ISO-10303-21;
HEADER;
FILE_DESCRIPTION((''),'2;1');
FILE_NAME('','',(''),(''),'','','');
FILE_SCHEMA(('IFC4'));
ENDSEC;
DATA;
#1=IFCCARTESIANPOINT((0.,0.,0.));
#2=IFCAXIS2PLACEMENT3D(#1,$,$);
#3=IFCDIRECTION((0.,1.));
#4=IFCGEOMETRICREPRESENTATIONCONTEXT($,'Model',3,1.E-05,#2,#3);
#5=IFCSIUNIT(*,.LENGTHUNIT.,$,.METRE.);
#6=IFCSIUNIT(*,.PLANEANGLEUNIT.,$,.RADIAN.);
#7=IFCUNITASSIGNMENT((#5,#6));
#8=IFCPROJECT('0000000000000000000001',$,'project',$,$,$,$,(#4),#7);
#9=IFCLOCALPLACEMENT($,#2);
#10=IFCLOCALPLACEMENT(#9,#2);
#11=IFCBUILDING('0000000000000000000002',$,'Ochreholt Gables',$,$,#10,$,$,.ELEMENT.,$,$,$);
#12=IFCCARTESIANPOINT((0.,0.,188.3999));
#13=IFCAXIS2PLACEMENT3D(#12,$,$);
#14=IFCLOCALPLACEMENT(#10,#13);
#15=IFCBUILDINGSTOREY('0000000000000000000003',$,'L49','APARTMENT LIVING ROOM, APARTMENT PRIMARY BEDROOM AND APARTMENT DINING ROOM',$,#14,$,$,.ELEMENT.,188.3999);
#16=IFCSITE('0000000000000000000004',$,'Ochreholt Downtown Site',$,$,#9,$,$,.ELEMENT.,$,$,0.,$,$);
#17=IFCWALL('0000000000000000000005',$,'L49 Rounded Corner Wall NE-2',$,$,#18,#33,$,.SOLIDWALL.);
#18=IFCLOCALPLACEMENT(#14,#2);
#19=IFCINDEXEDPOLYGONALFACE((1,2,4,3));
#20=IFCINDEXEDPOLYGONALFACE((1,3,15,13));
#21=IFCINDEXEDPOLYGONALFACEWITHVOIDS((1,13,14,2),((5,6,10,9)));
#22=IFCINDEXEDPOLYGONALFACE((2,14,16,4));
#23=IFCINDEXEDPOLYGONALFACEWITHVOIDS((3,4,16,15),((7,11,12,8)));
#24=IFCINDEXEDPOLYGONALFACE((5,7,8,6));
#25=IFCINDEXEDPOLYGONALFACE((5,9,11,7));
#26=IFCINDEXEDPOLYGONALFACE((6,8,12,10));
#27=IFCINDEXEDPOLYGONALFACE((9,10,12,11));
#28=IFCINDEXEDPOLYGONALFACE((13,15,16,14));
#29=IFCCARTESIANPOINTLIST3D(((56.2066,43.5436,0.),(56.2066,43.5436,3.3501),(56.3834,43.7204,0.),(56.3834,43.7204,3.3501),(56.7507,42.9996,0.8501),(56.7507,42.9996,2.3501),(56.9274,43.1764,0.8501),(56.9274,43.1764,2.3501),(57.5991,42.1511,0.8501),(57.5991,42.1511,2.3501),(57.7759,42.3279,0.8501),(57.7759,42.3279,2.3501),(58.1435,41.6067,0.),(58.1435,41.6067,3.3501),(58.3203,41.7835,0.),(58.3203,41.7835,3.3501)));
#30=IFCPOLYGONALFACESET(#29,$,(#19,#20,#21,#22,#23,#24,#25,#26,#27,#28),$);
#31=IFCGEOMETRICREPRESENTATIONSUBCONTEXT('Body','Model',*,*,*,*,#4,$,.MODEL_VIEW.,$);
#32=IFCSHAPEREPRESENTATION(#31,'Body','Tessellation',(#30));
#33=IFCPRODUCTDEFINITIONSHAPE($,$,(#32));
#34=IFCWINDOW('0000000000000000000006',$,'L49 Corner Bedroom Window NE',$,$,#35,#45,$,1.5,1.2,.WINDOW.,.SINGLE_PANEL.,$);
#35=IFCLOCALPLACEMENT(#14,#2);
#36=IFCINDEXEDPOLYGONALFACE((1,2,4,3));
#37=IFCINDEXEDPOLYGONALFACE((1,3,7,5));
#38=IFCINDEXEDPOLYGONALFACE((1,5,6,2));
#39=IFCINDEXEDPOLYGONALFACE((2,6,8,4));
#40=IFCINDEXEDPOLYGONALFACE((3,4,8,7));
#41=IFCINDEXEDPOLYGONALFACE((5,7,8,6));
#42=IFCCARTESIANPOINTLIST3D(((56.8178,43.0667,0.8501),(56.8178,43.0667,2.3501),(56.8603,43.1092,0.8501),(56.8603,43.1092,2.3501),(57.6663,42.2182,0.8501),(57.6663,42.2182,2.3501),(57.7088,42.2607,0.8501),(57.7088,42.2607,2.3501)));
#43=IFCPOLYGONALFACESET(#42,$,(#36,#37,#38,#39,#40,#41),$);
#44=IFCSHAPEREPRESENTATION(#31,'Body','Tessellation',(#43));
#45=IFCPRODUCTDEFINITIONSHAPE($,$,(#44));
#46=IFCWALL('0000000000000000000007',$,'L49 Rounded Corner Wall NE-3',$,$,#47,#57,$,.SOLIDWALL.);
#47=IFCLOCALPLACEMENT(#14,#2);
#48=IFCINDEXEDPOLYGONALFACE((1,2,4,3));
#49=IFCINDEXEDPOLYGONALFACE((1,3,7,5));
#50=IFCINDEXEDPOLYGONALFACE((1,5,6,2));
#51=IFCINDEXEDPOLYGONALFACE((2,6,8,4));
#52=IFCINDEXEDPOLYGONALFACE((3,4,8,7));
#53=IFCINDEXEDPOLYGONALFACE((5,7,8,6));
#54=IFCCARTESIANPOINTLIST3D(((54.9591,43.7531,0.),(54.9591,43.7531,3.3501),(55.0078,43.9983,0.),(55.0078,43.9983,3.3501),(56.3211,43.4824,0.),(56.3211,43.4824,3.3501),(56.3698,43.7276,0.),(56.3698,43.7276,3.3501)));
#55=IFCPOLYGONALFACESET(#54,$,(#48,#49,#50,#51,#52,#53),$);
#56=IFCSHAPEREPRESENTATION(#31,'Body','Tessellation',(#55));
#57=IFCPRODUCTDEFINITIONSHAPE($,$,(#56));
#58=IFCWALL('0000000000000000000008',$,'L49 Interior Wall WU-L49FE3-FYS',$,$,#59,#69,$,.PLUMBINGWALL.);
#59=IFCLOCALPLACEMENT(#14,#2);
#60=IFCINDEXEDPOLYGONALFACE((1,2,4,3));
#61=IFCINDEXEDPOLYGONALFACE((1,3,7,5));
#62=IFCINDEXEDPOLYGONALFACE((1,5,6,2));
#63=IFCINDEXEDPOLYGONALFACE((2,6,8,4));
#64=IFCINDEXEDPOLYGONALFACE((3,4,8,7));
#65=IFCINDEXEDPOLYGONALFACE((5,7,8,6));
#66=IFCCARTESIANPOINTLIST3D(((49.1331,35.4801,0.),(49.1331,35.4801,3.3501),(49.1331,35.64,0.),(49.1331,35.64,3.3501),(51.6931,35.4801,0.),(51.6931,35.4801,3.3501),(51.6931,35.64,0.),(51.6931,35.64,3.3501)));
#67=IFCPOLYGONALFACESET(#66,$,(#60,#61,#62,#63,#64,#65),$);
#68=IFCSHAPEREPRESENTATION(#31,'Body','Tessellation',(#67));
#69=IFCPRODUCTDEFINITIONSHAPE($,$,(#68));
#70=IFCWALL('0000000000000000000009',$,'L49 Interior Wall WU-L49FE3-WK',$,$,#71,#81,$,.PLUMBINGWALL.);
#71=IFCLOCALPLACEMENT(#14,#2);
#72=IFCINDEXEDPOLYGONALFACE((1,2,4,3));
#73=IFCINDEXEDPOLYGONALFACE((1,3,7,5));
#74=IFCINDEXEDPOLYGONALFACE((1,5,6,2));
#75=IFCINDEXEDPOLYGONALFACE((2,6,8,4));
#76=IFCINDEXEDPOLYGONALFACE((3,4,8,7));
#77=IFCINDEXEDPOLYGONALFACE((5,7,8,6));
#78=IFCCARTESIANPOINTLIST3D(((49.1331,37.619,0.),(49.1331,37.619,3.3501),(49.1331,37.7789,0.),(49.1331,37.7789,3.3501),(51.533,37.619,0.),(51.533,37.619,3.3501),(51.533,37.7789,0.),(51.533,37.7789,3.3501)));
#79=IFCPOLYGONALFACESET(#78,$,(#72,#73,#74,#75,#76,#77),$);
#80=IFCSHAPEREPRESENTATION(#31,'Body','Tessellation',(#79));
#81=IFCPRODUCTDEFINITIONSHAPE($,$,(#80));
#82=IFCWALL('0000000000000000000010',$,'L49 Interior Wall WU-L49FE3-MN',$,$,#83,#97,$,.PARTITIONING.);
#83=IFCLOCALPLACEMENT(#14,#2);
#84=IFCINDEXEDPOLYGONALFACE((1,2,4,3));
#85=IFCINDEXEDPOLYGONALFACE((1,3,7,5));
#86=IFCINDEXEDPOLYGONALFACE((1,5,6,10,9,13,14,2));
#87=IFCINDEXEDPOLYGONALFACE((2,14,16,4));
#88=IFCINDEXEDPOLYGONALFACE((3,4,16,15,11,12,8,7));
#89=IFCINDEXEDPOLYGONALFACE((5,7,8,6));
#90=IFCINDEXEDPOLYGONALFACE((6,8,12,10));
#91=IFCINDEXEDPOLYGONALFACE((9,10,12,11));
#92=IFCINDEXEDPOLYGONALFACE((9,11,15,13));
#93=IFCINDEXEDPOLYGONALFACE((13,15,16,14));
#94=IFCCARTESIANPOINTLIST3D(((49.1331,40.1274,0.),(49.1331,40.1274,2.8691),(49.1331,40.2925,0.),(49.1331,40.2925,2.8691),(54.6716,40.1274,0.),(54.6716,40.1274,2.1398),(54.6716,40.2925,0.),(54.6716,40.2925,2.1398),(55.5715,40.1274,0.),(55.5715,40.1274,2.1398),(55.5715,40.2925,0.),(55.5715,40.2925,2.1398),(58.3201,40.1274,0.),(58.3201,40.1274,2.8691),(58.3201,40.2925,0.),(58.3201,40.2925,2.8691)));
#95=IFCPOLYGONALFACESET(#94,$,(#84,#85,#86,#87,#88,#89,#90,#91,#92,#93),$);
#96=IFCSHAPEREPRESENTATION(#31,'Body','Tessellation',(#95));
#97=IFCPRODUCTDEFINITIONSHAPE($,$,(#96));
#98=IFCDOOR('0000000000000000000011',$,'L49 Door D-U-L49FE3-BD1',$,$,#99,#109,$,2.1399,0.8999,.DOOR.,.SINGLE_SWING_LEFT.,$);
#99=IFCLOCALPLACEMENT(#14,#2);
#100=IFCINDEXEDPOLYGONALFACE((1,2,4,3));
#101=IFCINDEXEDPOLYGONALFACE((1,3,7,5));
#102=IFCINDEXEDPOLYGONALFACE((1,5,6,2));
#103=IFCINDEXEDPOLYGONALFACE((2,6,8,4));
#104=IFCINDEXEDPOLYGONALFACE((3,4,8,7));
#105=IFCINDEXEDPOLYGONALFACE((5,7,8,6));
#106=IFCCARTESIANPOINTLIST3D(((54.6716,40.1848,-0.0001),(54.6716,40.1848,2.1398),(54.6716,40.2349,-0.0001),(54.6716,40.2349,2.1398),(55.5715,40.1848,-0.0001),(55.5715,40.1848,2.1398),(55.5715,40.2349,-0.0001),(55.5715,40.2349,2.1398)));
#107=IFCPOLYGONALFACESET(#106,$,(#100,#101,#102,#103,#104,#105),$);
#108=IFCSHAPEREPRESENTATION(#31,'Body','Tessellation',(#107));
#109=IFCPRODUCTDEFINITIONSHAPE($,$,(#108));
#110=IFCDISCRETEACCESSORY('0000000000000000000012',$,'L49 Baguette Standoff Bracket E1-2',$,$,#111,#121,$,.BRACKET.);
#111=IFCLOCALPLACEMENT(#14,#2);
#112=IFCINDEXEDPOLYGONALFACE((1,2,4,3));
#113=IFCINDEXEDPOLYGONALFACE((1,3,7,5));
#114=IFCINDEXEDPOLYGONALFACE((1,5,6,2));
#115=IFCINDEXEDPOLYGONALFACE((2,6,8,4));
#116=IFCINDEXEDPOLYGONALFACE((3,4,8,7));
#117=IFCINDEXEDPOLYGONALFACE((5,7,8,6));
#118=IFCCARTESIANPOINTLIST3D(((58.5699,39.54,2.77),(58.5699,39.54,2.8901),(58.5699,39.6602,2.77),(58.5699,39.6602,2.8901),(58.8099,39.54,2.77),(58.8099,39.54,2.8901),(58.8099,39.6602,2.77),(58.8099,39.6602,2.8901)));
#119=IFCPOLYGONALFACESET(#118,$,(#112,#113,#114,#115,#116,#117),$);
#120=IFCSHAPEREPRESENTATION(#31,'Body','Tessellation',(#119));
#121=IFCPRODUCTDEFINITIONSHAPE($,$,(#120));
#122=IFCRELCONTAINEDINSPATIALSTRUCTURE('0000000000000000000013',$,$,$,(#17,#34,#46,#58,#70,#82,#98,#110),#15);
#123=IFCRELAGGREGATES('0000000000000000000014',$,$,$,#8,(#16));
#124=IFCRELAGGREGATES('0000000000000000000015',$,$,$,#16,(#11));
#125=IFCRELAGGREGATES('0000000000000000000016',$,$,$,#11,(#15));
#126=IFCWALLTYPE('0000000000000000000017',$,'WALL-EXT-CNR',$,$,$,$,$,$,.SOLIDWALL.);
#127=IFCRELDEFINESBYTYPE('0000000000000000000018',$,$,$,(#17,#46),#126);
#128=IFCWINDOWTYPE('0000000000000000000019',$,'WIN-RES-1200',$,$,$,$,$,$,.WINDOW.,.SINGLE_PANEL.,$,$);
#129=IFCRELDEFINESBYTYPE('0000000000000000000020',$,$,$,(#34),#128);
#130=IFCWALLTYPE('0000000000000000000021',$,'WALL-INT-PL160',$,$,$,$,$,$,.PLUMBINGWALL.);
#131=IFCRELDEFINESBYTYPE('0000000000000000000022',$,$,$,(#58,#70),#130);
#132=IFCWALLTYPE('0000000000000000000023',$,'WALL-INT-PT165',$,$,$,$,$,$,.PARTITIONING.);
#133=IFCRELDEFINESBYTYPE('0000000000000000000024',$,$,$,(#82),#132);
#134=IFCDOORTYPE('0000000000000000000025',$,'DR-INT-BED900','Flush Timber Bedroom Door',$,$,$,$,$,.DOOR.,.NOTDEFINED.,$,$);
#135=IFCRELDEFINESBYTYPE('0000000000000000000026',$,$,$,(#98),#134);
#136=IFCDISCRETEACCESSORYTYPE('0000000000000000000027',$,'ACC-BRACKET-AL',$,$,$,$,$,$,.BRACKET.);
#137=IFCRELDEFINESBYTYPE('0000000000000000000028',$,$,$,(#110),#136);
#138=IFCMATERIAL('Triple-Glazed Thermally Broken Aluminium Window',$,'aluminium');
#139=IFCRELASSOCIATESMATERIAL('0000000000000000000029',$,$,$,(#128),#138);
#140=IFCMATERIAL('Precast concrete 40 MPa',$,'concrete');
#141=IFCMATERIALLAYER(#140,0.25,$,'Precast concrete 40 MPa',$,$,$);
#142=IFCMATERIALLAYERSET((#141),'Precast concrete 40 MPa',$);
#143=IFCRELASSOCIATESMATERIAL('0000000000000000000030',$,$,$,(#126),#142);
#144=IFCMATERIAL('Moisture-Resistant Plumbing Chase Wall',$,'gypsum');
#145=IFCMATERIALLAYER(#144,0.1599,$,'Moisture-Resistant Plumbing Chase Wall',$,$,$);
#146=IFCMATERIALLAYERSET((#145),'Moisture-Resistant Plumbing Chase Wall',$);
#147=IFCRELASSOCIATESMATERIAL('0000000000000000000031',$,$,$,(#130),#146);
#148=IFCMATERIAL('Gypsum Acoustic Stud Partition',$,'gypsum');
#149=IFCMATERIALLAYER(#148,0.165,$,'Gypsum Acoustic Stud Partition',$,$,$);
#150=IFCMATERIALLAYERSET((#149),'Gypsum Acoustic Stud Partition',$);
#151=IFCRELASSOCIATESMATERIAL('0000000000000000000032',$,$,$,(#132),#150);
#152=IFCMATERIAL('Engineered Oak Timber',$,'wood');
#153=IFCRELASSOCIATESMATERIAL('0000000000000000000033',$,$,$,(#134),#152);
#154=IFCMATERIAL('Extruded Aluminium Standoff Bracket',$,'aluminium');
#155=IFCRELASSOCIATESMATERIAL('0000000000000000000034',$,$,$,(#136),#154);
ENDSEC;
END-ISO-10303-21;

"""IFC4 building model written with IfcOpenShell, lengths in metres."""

from ifc_helpers import new_model, si_unit, direction, frame, frame_2d, origin, origin_2d, place, context, subcontext, project, spatial, rectangle, extrude, material, layer, layer_set, type_object, element, fill, save


model = new_model("IFC4")

# Units and contexts
model_context = context("Model", 3, precision=1e-05, world=origin(), true_north=direction((0.0, 1.0)))
body_context = subcontext(model_context, "Body", "Model", "MODEL_VIEW")
ifc_project = project(units=[si_unit("LENGTHUNIT", "METRE"), si_unit("PLANEANGLEUNIT", "RADIAN")], contexts=[model_context])

# Site, building, storey
site_placement = place(None, origin())
site = spatial("IfcSite", under=ifc_project, at=site_placement, Name="Ochreholt Downtown Site", CompositionType="ELEMENT", RefElevation=0.0)
building_placement = place(site_placement, origin())
building = spatial("IfcBuilding", under=site, at=building_placement, Name="Ochreholt Gables", CompositionType="ELEMENT")
storey_placement = place(building_placement, frame((0.0, 0.0, 188.3999)))
storey = spatial("IfcBuildingStorey", under=building, at=storey_placement, Name="L49", Description="APARTMENT LIVING ROOM, APARTMENT PRIMARY BEDROOM AND APARTMENT DINING ROOM", CompositionType="ELEMENT", Elevation=188.3999)

# Shared definitions
ifc_material_1 = material(Name="Precast concrete 40 MPa", Category="concrete")
ifc_material_2 = material(Name="Triple-Glazed Thermally Broken Aluminium Window", Category="aluminium")
window_type_1 = type_object("IfcWindowType", Name="WIN-RES-1200", PartitioningType="SINGLE_PANEL", PredefinedType="WINDOW", material=ifc_material_2)

# Shared definitions
ifc_layer_1 = layer(ifc_material_1, 0.25, Name="Precast concrete 40 MPa")
ifc_layer_set_1 = layer_set([ifc_layer_1], Name="Precast concrete 40 MPa")
wall_type_1 = type_object("IfcWallType", Name="WALL-EXT-CNR", PredefinedType="SOLIDWALL", material=ifc_layer_set_1)

# Wall, opening, window
wall_1_placement = place(storey_placement, frame((58.2319, 41.6951, 0.0), z_axis=(0.0, 0.0, 1.0), x_axis=(-0.707107, 0.707107, 0.0)))
wall_1 = element("IfcWall", 1, at=wall_1_placement, inside=storey, type_object=wall_type_1, Name="L49 Rounded Corner Wall NE-2", PredefinedType="SOLIDWALL", context=body_context, shape_type="SweptSolid", body=[
    extrude(rectangle(XDim=2.7393, YDim=0.25, at=frame_2d((1.3696, 0.0))), origin(), (0.0, 0.0, 1.0), 3.3501),
])
opening_1_placement = place(wall_1_placement, frame((0.7698, 0.0, 0.8501)))
opening_1 = element("IfcOpeningElement", 2, at=opening_1_placement, cuts=wall_1, PredefinedType="OPENING", context=body_context, shape_type="SweptSolid", body=[
    extrude(rectangle(XDim=1.2, YDim=1.5, at=frame_2d((0.6001, 0.75))), frame((0.0, 0.135, 0.0), z_axis=(0.0, -1.0, 0.0), x_axis=(1.0, 0.0, 0.0)), (0.0, 0.0, 1.0), 0.27),
])
window_1_placement = place(opening_1_placement, origin())
window_1 = element("IfcWindow", 3, at=window_1_placement, inside=storey, type_object=window_type_1, Name="L49 Corner Bedroom Window NE", OverallHeight=1.5, OverallWidth=1.2, PartitioningType="SINGLE_PANEL", PredefinedType="WINDOW", context=body_context, shape_type="SweptSolid", body=[
    extrude(rectangle(XDim=1.2, YDim=1.5, at=frame_2d((0.6001, 0.75))), frame((0.0, 0.03, 0.0), z_axis=(0.0, -1.0, 0.0), x_axis=(1.0, 0.0, 0.0)), (0.0, 0.0, 1.0), 0.0601),
])
fill(opening_1, window_1)

# Walls
wall_2_placement = place(storey_placement, frame((56.3455, 43.605, 0.0), z_axis=(0.0, 0.0, 1.0), x_axis=(-0.98081, 0.194967, 0.0)))
element("IfcWall", 4, at=wall_2_placement, inside=storey, type_object=wall_type_1, Name="L49 Rounded Corner Wall NE-3", PredefinedType="SOLIDWALL", context=body_context, shape_type="SweptSolid", body=[
    extrude(rectangle(XDim=1.3887, YDim=0.25, at=frame_2d((0.6943, 0.0))), origin(), (0.0, 0.0, 1.0), 3.3501),
])
ifc_material_3 = material(Name="Moisture-Resistant Plumbing Chase Wall", Category="gypsum")
ifc_layer_2 = layer(ifc_material_3, 0.1599, Name="Moisture-Resistant Plumbing Chase Wall")
ifc_layer_set_2 = layer_set([ifc_layer_2], Name="Moisture-Resistant Plumbing Chase Wall")
wall_type_2 = type_object("IfcWallType", Name="WALL-INT-PL160", PredefinedType="PLUMBINGWALL", material=ifc_layer_set_2)
wall_3_placement = place(storey_placement, frame((49.1331, 35.5601, 0.0), z_axis=(0.0, 0.0, 1.0), x_axis=(1.0, 0.0, 0.0)))
element("IfcWall", 5, at=wall_3_placement, inside=storey, type_object=wall_type_2, Name="L49 Interior Wall WU-L49FE3-FYS", PredefinedType="PLUMBINGWALL", context=body_context, shape_type="SweptSolid", body=[
    extrude(rectangle(XDim=2.5601, YDim=0.1599, at=frame_2d((1.28, 0.0))), origin(), (0.0, 0.0, 1.0), 3.3501),
])
wall_4_placement = place(storey_placement, frame((49.1331, 37.699, 0.0), z_axis=(0.0, 0.0, 1.0), x_axis=(1.0, 0.0, 0.0)))
element("IfcWall", 6, at=wall_4_placement, inside=storey, type_object=wall_type_2, Name="L49 Interior Wall WU-L49FE3-WK", PredefinedType="PLUMBINGWALL", context=body_context, shape_type="SweptSolid", body=[
    extrude(rectangle(XDim=2.3999, YDim=0.1599, at=frame_2d((1.2, 0.0))), origin(), (0.0, 0.0, 1.0), 3.3501),
])

# Wall, opening, door
ifc_material_4 = material(Name="Gypsum Acoustic Stud Partition", Category="gypsum")
ifc_layer_3 = layer(ifc_material_4, 0.165, Name="Gypsum Acoustic Stud Partition")
ifc_layer_set_3 = layer_set([ifc_layer_3], Name="Gypsum Acoustic Stud Partition")
wall_type_3 = type_object("IfcWallType", Name="WALL-INT-PT165", PredefinedType="PARTITIONING", material=ifc_layer_set_3)
wall_5_placement = place(storey_placement, frame((49.1331, 40.21, 0.0), z_axis=(0.0, 0.0, 1.0), x_axis=(1.0, 0.0, 0.0)))
wall_5 = element("IfcWall", 7, at=wall_5_placement, inside=storey, type_object=wall_type_3, Name="L49 Interior Wall WU-L49FE3-MN", PredefinedType="PARTITIONING", context=body_context, shape_type="SweptSolid", body=[
    extrude(rectangle(XDim=9.187, YDim=0.165, at=frame_2d((4.5935, 0.0))), origin(), (0.0, 0.0, 1.0), 2.8691),
])
opening_2_placement = place(wall_5_placement, frame((5.5386, 0.0, 0.0)))
opening_2 = element("IfcOpeningElement", 8, at=opening_2_placement, cuts=wall_5, PredefinedType="OPENING", context=body_context, shape_type="SweptSolid", body=[
    extrude(rectangle(XDim=0.8999, YDim=2.1399, at=frame_2d((0.45, 1.0698))), frame((0.0, 0.0925, 0.0), z_axis=(0.0, -1.0, 0.0), x_axis=(1.0, 0.0, 0.0)), (0.0, 0.0, 1.0), 0.1851),
])
ifc_material_5 = material(Name="Engineered Oak Timber", Category="wood")
door_type = type_object("IfcDoorType", Name="DR-INT-BED900", Description="Flush Timber Bedroom Door", OperationType="NOTDEFINED", PredefinedType="DOOR", material=ifc_material_5)
door_placement = place(opening_2_placement, origin())
door = element("IfcDoor", 9, at=door_placement, inside=storey, type_object=door_type, Name="L49 Door D-U-L49FE3-BD1", OperationType="SINGLE_SWING_LEFT", OverallHeight=2.1399, OverallWidth=0.8999, PredefinedType="DOOR", context=body_context, shape_type="SweptSolid", body=[
    extrude(rectangle(XDim=0.8999, YDim=2.1399, at=frame_2d((0.45, 1.0698))), frame((0.0, 0.0249, 0.0), z_axis=(0.0, -1.0, 0.0), x_axis=(1.0, 0.0, 0.0)), (0.0, 0.0, 1.0), 0.05),
])
fill(opening_2, door)

# Discrete accessory
ifc_material_6 = material(Name="Extruded Aluminium Standoff Bracket", Category="aluminium")
discrete_accessory_type = type_object("IfcDiscreteAccessoryType", Name="ACC-BRACKET-AL", PredefinedType="BRACKET", material=ifc_material_6)
discrete_accessory_placement = place(storey_placement, frame((58.6899, 39.6001, 2.77), z_axis=(0.0, 0.0, 1.0), x_axis=(0.0, 1.0, 0.0)))
element("IfcDiscreteAccessory", 10, at=discrete_accessory_placement, inside=storey, type_object=discrete_accessory_type, Name="L49 Baguette Standoff Bracket E1-2", PredefinedType="BRACKET", context=body_context, shape_type="SweptSolid", body=[
    extrude(rectangle(XDim=0.1201, YDim=0.24, at=origin_2d()), origin(), (0.0, 0.0, 1.0), 0.1201),
])

save(model, "model.ifc")
